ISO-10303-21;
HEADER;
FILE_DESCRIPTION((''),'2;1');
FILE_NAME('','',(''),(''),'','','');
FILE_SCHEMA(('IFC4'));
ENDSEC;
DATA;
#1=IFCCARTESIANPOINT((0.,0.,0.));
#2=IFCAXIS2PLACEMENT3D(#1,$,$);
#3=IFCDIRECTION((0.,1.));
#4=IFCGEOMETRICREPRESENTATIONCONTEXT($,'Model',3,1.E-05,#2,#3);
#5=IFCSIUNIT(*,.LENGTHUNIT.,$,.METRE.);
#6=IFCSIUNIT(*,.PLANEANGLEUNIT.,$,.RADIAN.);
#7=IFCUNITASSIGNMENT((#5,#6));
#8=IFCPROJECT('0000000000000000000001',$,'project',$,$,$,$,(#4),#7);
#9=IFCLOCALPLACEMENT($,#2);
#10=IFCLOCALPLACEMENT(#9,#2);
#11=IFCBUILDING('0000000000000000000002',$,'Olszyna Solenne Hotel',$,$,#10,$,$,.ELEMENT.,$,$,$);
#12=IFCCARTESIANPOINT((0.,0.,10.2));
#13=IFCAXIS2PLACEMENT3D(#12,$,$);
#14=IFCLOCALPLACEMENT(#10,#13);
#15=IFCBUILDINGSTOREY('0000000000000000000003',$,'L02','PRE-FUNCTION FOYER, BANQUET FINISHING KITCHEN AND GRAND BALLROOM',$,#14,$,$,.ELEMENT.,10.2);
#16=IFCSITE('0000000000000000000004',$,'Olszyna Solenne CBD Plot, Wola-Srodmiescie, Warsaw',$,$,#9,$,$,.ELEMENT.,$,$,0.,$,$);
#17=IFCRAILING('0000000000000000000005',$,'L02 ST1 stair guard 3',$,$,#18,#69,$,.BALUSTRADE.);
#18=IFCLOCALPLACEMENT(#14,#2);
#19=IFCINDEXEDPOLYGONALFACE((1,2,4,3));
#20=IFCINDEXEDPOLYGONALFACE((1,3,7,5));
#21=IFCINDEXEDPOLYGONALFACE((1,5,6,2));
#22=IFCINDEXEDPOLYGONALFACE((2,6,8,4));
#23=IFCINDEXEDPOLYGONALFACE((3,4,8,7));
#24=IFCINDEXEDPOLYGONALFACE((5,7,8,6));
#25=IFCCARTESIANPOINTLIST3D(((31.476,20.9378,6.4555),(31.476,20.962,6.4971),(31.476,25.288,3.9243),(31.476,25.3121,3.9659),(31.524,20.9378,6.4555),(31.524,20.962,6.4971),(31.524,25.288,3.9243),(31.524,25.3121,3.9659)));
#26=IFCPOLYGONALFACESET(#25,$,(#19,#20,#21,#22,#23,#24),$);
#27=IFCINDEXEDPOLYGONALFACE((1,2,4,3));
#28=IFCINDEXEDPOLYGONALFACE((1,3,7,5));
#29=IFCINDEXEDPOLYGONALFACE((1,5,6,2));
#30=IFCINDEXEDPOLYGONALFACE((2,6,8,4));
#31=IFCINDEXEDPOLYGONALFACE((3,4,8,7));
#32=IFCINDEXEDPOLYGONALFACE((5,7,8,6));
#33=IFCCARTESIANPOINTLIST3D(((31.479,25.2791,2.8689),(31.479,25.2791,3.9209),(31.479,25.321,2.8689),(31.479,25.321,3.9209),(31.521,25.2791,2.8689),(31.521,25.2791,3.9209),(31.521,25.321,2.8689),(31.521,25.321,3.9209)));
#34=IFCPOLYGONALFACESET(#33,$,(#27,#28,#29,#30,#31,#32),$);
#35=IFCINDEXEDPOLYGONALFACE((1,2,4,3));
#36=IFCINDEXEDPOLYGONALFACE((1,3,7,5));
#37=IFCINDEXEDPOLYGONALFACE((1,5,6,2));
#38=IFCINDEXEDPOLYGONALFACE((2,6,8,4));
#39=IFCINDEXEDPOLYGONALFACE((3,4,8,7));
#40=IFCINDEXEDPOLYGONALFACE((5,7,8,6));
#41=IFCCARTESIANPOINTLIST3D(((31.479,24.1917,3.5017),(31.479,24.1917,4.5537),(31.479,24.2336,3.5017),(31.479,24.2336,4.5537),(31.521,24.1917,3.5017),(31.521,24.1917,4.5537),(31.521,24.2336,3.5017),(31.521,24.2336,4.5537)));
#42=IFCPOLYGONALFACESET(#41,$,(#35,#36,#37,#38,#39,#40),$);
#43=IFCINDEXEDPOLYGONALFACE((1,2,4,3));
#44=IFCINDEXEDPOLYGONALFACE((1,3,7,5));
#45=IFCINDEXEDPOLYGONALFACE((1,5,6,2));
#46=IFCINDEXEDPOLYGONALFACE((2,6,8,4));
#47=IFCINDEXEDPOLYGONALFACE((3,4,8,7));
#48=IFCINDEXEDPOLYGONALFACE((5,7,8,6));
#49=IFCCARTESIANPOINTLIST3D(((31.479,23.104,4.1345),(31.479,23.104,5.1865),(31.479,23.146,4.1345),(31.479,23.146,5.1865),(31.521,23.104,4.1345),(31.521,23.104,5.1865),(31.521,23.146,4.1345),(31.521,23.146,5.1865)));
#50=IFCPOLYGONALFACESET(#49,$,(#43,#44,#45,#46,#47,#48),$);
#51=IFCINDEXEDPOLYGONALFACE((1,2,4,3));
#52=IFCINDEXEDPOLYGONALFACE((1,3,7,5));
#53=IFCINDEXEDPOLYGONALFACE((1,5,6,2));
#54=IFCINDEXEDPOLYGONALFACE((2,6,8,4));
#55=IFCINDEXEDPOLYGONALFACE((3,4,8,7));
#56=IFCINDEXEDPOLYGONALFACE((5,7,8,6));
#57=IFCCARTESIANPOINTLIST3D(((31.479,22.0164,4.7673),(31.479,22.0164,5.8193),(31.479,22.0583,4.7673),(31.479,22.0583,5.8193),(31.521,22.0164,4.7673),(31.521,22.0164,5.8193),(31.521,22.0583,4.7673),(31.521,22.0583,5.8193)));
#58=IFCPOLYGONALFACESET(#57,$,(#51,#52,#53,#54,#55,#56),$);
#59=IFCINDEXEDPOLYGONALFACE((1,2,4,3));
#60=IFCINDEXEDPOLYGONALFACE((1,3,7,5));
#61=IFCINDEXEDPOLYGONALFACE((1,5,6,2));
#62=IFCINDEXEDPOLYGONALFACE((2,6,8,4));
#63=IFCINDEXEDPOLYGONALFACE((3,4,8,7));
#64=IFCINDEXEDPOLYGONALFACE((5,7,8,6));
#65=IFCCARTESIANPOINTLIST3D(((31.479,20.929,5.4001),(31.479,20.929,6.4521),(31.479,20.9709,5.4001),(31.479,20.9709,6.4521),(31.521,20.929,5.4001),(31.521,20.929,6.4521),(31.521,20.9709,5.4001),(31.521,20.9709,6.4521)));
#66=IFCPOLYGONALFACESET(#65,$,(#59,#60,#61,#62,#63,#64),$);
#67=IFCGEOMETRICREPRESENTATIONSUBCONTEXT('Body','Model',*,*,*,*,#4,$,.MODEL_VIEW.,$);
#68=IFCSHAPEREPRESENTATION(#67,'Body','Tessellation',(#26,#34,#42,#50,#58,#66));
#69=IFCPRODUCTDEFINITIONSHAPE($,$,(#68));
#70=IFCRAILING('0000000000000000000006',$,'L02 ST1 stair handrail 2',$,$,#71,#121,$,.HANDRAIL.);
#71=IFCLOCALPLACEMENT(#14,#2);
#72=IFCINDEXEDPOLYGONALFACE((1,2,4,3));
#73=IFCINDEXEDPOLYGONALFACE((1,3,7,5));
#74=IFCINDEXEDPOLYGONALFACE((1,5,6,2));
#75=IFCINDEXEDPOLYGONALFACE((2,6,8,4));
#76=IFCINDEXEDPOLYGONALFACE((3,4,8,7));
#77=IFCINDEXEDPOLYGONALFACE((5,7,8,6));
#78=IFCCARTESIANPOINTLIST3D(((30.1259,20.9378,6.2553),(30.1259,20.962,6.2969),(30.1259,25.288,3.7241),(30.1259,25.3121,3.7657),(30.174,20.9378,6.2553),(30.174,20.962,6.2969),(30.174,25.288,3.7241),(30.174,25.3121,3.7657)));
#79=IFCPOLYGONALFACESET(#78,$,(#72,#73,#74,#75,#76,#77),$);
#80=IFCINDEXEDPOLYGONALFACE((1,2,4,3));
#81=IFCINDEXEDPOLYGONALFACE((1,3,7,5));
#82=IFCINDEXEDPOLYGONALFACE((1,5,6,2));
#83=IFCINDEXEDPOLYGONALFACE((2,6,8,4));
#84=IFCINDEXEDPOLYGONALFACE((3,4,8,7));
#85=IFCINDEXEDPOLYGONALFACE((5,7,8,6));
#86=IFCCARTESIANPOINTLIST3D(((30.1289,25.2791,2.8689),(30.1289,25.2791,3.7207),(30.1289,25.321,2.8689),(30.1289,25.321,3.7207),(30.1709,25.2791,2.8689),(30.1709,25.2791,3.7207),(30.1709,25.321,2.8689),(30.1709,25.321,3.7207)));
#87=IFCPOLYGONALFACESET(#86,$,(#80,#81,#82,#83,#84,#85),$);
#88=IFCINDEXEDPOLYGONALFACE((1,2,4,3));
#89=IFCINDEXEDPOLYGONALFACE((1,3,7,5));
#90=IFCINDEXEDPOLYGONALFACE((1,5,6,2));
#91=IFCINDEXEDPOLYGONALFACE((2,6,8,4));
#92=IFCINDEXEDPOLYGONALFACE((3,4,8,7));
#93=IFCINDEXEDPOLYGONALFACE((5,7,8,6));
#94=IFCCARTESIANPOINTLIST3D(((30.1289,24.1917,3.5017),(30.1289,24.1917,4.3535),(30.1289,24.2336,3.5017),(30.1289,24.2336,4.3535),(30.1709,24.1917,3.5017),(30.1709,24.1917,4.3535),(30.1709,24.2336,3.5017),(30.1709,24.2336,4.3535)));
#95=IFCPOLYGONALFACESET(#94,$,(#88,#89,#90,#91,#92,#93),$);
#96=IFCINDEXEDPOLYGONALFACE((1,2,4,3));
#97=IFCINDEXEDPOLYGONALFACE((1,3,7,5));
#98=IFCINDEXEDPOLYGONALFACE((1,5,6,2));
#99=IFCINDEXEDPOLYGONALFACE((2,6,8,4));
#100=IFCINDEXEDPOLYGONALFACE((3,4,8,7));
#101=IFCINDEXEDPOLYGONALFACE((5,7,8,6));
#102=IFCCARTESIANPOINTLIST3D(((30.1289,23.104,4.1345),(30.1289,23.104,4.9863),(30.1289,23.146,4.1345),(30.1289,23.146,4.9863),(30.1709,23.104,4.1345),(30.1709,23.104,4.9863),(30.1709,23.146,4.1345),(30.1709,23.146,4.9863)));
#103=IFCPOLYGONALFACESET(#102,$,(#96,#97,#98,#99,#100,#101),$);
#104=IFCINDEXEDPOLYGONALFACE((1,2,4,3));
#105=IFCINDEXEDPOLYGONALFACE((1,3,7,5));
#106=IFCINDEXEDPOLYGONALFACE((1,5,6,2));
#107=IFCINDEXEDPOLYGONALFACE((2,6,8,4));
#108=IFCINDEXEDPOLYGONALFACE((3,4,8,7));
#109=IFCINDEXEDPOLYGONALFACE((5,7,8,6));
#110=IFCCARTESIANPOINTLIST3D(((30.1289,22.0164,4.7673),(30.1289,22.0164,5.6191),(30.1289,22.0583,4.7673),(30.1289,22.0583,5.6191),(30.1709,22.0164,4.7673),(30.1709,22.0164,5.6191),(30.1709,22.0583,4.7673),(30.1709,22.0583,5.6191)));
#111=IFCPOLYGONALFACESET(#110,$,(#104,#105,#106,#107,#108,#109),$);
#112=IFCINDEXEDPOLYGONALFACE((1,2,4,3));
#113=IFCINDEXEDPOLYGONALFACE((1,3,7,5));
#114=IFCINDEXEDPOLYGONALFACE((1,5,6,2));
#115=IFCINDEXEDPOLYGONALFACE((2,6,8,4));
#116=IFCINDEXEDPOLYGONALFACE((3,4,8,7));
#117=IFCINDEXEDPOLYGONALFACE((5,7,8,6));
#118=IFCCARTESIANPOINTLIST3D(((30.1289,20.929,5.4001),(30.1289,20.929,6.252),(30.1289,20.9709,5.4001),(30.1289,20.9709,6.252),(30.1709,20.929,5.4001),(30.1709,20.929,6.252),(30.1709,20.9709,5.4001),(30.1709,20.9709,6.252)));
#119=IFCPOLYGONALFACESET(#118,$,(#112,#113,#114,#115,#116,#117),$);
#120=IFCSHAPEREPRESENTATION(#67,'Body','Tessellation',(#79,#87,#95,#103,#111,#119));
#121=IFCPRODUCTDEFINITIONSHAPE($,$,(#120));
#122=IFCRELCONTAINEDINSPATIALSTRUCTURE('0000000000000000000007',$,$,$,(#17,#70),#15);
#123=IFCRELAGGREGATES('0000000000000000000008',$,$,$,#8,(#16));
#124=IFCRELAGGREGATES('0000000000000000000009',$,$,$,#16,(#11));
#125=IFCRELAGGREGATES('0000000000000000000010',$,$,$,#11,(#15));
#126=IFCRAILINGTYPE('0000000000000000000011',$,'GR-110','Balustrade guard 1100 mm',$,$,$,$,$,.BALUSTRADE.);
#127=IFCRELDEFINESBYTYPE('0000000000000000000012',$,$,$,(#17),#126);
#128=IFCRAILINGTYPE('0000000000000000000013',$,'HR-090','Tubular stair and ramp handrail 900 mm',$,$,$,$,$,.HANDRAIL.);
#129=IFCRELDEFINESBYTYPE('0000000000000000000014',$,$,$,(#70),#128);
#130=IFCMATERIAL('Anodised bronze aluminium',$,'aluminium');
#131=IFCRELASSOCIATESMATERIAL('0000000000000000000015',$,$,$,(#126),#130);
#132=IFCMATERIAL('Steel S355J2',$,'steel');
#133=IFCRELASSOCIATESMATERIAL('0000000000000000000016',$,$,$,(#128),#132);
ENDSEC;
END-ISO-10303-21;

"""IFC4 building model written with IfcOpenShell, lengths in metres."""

from ifc_helpers import new_model, si_unit, direction, frame, origin, origin_2d, place, context, subcontext, project, spatial, rectangle, extrude, material, type_object, element, save


model = new_model("IFC4")

# Units and contexts
model_context = context("Model", 3, precision=1e-05, world=origin(), true_north=direction((0.0, 1.0)))
body_context = subcontext(model_context, "Body", "Model", "MODEL_VIEW")
ifc_project = project(units=[si_unit("LENGTHUNIT", "METRE"), si_unit("PLANEANGLEUNIT", "RADIAN")], contexts=[model_context])

# Site, building, storey
site_placement = place(None, origin())
site = spatial("IfcSite", under=ifc_project, at=site_placement, Name="Olszyna Solenne CBD Plot, Wola-Srodmiescie, Warsaw", CompositionType="ELEMENT", RefElevation=0.0)
building_placement = place(site_placement, origin())
building = spatial("IfcBuilding", under=site, at=building_placement, Name="Olszyna Solenne Hotel", CompositionType="ELEMENT")
storey_placement = place(building_placement, frame((0.0, 0.0, 10.2)))
storey = spatial("IfcBuildingStorey", under=building, at=storey_placement, Name="L02", Description="PRE-FUNCTION FOYER, BANQUET FINISHING KITCHEN AND GRAND BALLROOM", CompositionType="ELEMENT", Elevation=10.2)

# Shared definitions
ifc_material_1 = material(Name="Steel S355J2", Category="steel")

# Railings
ifc_material_2 = material(Name="Anodised bronze aluminium", Category="aluminium")
railing_type_1 = type_object("IfcRailingType", Name="GR-110", Description="Balustrade guard 1100 mm", PredefinedType="BALUSTRADE", material=ifc_material_2)
railing_1_placement = place(storey_placement, frame((31.5, 25.3, 2.8689)))
element("IfcRailing", 1, at=railing_1_placement, inside=storey, type_object=railing_type_1, Name="L02 ST1 stair guard 3", PredefinedType="BALUSTRADE", context=body_context, shape_type="SweptSolid", body=[
    extrude(rectangle(XDim=0.0481, YDim=0.0481, at=origin_2d()), frame((0.0, 0.0, 1.0762), z_axis=(0.0, -0.864324, 0.502936), x_axis=(1.0, 0.0, 0.0)), (0.0, 0.0, 1.0), 5.033),
    extrude(rectangle(XDim=0.042, YDim=0.042, at=origin_2d()), origin(), (0.0, 0.0, 1.0), 1.052),
    extrude(rectangle(XDim=0.042, YDim=0.042, at=origin_2d()), frame((0.0, -1.0874, 0.6328)), (0.0, 0.0, 1.0), 1.052),
    extrude(rectangle(XDim=0.042, YDim=0.042, at=origin_2d()), frame((0.0, -2.175, 1.2656)), (0.0, 0.0, 1.0), 1.052),
    extrude(rectangle(XDim=0.042, YDim=0.042, at=origin_2d()), frame((0.0, -3.2627, 1.8984)), (0.0, 0.0, 1.0), 1.052),
    extrude(rectangle(XDim=0.042, YDim=0.042, at=origin_2d()), frame((0.0, -4.3501, 2.5312)), (0.0, 0.0, 1.0), 1.052),
])
railing_type_2 = type_object("IfcRailingType", Name="HR-090", Description="Tubular stair and ramp handrail 900 mm", PredefinedType="HANDRAIL", material=ifc_material_1)
railing_2_placement = place(storey_placement, frame((30.1499, 25.3, 2.8689)))
element("IfcRailing", 2, at=railing_2_placement, inside=storey, type_object=railing_type_2, Name="L02 ST1 stair handrail 2", PredefinedType="HANDRAIL", context=body_context, shape_type="SweptSolid", body=[
    extrude(rectangle(XDim=0.0481, YDim=0.0481, at=origin_2d()), frame((0.0, 0.0, 0.876), z_axis=(0.0, -0.864324, 0.502936), x_axis=(1.0, 0.0, 0.0)), (0.0, 0.0, 1.0), 5.033),
    extrude(rectangle(XDim=0.042, YDim=0.042, at=origin_2d()), origin(), (0.0, 0.0, 1.0), 0.8518),
    extrude(rectangle(XDim=0.042, YDim=0.042, at=origin_2d()), frame((0.0, -1.0874, 0.6328)), (0.0, 0.0, 1.0), 0.8518),
    extrude(rectangle(XDim=0.042, YDim=0.042, at=origin_2d()), frame((0.0, -2.175, 1.2656)), (0.0, 0.0, 1.0), 0.8518),
    extrude(rectangle(XDim=0.042, YDim=0.042, at=origin_2d()), frame((0.0, -3.2627, 1.8984)), (0.0, 0.0, 1.0), 0.8518),
    extrude(rectangle(XDim=0.042, YDim=0.042, at=origin_2d()), frame((0.0, -4.3501, 2.5312)), (0.0, 0.0, 1.0), 0.8518),
])

save(model, "model.ifc")
